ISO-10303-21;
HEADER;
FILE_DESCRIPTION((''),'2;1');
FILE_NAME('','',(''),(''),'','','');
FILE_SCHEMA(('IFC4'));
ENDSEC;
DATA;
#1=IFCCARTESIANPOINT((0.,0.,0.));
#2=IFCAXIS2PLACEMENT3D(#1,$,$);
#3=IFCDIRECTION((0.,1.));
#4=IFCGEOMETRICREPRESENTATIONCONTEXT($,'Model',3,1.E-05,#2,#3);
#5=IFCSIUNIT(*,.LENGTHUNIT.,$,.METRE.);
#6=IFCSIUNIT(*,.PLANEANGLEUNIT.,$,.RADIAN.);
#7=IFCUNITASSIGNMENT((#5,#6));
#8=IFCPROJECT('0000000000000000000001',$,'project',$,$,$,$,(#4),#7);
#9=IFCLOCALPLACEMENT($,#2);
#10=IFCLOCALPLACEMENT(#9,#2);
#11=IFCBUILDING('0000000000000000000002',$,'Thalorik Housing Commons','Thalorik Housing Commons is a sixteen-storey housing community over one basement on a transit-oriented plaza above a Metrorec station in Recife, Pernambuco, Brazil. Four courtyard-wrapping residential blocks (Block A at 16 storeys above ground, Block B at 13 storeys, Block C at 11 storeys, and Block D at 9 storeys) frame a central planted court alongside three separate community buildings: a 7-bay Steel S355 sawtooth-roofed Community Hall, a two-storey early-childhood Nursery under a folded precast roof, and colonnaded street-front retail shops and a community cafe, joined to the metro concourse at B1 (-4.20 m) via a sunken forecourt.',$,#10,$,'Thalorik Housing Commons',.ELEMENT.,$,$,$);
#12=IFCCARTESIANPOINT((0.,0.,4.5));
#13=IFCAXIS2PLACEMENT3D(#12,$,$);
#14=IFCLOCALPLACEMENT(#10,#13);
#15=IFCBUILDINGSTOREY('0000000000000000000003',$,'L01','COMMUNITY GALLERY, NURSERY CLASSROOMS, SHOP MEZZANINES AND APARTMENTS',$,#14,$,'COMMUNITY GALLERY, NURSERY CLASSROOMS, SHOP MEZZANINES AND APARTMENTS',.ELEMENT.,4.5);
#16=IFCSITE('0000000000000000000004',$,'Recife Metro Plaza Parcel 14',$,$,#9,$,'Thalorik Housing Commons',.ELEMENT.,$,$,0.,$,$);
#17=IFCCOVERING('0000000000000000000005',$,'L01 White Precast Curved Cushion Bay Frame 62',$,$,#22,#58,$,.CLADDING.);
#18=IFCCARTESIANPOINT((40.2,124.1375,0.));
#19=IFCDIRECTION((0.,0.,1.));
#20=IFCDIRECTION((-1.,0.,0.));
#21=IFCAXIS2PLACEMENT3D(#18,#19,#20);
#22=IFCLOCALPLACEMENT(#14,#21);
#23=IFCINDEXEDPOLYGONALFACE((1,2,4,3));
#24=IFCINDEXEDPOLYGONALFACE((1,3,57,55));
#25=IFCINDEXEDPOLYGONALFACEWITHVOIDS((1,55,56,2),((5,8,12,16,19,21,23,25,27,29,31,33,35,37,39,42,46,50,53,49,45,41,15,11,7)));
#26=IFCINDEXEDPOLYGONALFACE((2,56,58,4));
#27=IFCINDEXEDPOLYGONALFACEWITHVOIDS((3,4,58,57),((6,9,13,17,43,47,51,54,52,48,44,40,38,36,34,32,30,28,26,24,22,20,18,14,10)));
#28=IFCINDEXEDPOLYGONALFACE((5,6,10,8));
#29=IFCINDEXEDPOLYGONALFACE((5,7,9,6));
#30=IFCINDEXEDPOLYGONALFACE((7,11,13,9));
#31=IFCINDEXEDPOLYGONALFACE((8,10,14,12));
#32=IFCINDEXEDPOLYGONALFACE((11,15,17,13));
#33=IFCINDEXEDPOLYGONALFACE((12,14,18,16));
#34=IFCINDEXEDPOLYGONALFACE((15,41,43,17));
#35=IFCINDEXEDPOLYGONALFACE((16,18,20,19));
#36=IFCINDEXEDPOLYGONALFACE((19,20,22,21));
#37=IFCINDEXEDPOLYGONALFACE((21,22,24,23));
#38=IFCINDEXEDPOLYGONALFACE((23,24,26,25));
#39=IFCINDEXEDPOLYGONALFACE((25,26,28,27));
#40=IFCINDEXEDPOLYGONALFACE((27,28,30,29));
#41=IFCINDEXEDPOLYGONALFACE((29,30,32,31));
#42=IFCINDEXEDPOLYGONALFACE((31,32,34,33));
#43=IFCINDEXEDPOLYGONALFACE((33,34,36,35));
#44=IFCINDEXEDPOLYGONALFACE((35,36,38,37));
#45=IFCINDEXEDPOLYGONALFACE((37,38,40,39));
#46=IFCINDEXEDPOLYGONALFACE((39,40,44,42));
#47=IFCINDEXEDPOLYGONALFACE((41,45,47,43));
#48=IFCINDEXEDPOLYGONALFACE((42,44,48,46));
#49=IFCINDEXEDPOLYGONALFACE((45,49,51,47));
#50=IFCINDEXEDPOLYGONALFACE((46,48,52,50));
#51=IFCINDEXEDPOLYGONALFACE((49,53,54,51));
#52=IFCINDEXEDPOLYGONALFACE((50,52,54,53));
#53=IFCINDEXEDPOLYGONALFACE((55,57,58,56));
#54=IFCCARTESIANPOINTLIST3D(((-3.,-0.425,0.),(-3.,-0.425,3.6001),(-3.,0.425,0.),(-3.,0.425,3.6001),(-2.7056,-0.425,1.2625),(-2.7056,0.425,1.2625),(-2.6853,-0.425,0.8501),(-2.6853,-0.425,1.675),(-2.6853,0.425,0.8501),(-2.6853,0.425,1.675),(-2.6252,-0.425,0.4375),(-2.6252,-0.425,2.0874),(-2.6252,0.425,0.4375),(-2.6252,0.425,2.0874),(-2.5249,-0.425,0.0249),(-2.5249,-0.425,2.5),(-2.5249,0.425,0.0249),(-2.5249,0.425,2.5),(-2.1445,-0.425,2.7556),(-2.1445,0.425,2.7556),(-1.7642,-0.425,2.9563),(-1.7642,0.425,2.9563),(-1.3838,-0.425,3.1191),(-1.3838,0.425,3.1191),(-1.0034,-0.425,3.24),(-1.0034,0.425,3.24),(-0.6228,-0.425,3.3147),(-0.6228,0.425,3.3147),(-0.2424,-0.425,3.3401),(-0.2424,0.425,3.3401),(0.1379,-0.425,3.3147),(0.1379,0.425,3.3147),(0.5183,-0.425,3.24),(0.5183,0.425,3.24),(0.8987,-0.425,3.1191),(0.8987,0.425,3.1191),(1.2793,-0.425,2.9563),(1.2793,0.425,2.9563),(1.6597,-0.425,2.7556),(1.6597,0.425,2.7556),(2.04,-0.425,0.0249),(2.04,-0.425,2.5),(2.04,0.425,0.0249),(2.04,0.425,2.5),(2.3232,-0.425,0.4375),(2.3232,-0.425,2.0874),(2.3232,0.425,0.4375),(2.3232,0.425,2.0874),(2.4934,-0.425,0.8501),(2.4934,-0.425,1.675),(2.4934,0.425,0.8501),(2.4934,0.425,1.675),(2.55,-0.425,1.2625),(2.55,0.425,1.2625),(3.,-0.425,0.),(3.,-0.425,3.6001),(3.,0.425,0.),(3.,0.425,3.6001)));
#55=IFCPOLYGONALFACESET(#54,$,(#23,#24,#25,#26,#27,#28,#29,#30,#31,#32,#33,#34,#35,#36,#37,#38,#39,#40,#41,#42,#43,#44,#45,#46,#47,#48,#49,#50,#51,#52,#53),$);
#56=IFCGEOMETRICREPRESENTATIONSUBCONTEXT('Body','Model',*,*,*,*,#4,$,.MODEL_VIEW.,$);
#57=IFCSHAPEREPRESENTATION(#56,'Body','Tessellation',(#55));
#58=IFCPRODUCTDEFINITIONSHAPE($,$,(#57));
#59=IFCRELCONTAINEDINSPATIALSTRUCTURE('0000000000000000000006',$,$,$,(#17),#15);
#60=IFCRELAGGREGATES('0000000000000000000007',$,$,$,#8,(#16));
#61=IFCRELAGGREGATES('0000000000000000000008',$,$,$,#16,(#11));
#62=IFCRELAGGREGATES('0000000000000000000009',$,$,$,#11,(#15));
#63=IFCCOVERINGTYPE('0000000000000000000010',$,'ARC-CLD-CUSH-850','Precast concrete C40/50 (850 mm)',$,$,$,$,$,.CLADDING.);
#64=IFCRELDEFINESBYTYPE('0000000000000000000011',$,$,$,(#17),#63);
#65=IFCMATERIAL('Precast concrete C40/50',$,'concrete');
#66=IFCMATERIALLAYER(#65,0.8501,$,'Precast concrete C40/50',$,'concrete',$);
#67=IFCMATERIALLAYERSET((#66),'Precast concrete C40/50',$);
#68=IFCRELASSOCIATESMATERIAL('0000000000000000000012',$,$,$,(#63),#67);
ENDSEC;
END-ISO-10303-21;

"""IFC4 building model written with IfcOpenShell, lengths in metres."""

from ifc_helpers import new_model, si_unit, direction, frame, origin, place, context, subcontext, project, spatial, polyline, outline, extrude, material, layer, layer_set, type_object, element, save


model = new_model("IFC4")

# Units and contexts
model_context = context("Model", 3, precision=1e-05, world=origin(), true_north=direction((0.0, 1.0)))
body_context = subcontext(model_context, "Body", "Model", "MODEL_VIEW")
ifc_project = project(units=[si_unit("LENGTHUNIT", "METRE"), si_unit("PLANEANGLEUNIT", "RADIAN")], contexts=[model_context])

# Site, building, storey
site_placement = place(None, origin())
site = spatial("IfcSite", under=ifc_project, at=site_placement, Name="Recife Metro Plaza Parcel 14", LongName="Thalorik Housing Commons", CompositionType="ELEMENT", RefElevation=0.0)
building_placement = place(site_placement, origin())
building = spatial("IfcBuilding", under=site, at=building_placement, Name="Thalorik Housing Commons", Description="Thalorik Housing Commons is a sixteen-storey housing community over one basement on a transit-oriented plaza above a Metrorec station in Recife, Pernambuco, Brazil. Four courtyard-wrapping residential blocks (Block A at 16 storeys above ground, Block B at 13 storeys, Block C at 11 storeys, and Block D at 9 storeys) frame a central planted court alongside three separate community buildings: a 7-bay Steel S355 sawtooth-roofed Community Hall, a two-storey early-childhood Nursery under a folded precast roof, and colonnaded street-front retail shops and a community cafe, joined to the metro concourse at B1 (-4.20 m) via a sunken forecourt.", LongName="Thalorik Housing Commons", CompositionType="ELEMENT")
storey_placement = place(building_placement, frame((0.0, 0.0, 4.5)))
storey = spatial("IfcBuildingStorey", under=building, at=storey_placement, Name="L01", Description="COMMUNITY GALLERY, NURSERY CLASSROOMS, SHOP MEZZANINES AND APARTMENTS", LongName="COMMUNITY GALLERY, NURSERY CLASSROOMS, SHOP MEZZANINES AND APARTMENTS", CompositionType="ELEMENT", Elevation=4.5)

# Shared definitions
ifc_material_1 = material(Name="Precast concrete C40/50", Category="concrete")

# Covering
ifc_layer_1 = layer(ifc_material_1, 0.8501, Name="Precast concrete C40/50", Category="concrete")
ifc_layer_set_1 = layer_set([ifc_layer_1], Name="Precast concrete C40/50")
covering_type_1 = type_object("IfcCoveringType", Name="ARC-CLD-CUSH-850", Description="Precast concrete C40/50 (850 mm)", PredefinedType="CLADDING", material=ifc_layer_set_1)
covering_1_placement = place(storey_placement, frame((40.2, 124.1375, 0.0), z_axis=(0.0, 0.0, 1.0), x_axis=(-1.0, 0.0, 0.0)))
element("IfcCovering", 1, at=covering_1_placement, inside=storey, type_object=covering_type_1, Name="L01 White Precast Curved Cushion Bay Frame 62", PredefinedType="CLADDING", context=body_context, shape_type="SweptSolid", body=[
    extrude(outline(polyline([(-3.0, 0.0), (3.0, 0.0), (3.0, 3.6001), (-3.0, 3.6001), (-3.0, 0.0)]), holes=[polyline([(2.04, 0.0249), (2.3232, 0.4375), (2.4934, 0.8501), (2.55, 1.2625), (2.4934, 1.675), (2.3232, 2.0874), (2.04, 2.5), (1.6597, 2.7556), (1.2793, 2.9563), (0.8987, 3.1191), (0.5183, 3.24), (0.1379, 3.3147), (-0.2424, 3.3401), (-0.6228, 3.3147), (-1.0034, 3.24), (-1.3838, 3.1191), (-1.7642, 2.9563), (-2.1445, 2.7556), (-2.5249, 2.5), (-2.6252, 2.0874), (-2.6853, 1.675), (-2.7056, 1.2625), (-2.6853, 0.8501), (-2.6252, 0.4375), (-2.5249, 0.0249), (2.04, 0.0249)])]), frame((0.0, 0.425, 0.0), z_axis=(0.0, -1.0, 0.0), x_axis=(1.0, 0.0, 0.0)), (0.0, 0.0, 1.0), 0.8501),
])

save(model, "model.ifc")
